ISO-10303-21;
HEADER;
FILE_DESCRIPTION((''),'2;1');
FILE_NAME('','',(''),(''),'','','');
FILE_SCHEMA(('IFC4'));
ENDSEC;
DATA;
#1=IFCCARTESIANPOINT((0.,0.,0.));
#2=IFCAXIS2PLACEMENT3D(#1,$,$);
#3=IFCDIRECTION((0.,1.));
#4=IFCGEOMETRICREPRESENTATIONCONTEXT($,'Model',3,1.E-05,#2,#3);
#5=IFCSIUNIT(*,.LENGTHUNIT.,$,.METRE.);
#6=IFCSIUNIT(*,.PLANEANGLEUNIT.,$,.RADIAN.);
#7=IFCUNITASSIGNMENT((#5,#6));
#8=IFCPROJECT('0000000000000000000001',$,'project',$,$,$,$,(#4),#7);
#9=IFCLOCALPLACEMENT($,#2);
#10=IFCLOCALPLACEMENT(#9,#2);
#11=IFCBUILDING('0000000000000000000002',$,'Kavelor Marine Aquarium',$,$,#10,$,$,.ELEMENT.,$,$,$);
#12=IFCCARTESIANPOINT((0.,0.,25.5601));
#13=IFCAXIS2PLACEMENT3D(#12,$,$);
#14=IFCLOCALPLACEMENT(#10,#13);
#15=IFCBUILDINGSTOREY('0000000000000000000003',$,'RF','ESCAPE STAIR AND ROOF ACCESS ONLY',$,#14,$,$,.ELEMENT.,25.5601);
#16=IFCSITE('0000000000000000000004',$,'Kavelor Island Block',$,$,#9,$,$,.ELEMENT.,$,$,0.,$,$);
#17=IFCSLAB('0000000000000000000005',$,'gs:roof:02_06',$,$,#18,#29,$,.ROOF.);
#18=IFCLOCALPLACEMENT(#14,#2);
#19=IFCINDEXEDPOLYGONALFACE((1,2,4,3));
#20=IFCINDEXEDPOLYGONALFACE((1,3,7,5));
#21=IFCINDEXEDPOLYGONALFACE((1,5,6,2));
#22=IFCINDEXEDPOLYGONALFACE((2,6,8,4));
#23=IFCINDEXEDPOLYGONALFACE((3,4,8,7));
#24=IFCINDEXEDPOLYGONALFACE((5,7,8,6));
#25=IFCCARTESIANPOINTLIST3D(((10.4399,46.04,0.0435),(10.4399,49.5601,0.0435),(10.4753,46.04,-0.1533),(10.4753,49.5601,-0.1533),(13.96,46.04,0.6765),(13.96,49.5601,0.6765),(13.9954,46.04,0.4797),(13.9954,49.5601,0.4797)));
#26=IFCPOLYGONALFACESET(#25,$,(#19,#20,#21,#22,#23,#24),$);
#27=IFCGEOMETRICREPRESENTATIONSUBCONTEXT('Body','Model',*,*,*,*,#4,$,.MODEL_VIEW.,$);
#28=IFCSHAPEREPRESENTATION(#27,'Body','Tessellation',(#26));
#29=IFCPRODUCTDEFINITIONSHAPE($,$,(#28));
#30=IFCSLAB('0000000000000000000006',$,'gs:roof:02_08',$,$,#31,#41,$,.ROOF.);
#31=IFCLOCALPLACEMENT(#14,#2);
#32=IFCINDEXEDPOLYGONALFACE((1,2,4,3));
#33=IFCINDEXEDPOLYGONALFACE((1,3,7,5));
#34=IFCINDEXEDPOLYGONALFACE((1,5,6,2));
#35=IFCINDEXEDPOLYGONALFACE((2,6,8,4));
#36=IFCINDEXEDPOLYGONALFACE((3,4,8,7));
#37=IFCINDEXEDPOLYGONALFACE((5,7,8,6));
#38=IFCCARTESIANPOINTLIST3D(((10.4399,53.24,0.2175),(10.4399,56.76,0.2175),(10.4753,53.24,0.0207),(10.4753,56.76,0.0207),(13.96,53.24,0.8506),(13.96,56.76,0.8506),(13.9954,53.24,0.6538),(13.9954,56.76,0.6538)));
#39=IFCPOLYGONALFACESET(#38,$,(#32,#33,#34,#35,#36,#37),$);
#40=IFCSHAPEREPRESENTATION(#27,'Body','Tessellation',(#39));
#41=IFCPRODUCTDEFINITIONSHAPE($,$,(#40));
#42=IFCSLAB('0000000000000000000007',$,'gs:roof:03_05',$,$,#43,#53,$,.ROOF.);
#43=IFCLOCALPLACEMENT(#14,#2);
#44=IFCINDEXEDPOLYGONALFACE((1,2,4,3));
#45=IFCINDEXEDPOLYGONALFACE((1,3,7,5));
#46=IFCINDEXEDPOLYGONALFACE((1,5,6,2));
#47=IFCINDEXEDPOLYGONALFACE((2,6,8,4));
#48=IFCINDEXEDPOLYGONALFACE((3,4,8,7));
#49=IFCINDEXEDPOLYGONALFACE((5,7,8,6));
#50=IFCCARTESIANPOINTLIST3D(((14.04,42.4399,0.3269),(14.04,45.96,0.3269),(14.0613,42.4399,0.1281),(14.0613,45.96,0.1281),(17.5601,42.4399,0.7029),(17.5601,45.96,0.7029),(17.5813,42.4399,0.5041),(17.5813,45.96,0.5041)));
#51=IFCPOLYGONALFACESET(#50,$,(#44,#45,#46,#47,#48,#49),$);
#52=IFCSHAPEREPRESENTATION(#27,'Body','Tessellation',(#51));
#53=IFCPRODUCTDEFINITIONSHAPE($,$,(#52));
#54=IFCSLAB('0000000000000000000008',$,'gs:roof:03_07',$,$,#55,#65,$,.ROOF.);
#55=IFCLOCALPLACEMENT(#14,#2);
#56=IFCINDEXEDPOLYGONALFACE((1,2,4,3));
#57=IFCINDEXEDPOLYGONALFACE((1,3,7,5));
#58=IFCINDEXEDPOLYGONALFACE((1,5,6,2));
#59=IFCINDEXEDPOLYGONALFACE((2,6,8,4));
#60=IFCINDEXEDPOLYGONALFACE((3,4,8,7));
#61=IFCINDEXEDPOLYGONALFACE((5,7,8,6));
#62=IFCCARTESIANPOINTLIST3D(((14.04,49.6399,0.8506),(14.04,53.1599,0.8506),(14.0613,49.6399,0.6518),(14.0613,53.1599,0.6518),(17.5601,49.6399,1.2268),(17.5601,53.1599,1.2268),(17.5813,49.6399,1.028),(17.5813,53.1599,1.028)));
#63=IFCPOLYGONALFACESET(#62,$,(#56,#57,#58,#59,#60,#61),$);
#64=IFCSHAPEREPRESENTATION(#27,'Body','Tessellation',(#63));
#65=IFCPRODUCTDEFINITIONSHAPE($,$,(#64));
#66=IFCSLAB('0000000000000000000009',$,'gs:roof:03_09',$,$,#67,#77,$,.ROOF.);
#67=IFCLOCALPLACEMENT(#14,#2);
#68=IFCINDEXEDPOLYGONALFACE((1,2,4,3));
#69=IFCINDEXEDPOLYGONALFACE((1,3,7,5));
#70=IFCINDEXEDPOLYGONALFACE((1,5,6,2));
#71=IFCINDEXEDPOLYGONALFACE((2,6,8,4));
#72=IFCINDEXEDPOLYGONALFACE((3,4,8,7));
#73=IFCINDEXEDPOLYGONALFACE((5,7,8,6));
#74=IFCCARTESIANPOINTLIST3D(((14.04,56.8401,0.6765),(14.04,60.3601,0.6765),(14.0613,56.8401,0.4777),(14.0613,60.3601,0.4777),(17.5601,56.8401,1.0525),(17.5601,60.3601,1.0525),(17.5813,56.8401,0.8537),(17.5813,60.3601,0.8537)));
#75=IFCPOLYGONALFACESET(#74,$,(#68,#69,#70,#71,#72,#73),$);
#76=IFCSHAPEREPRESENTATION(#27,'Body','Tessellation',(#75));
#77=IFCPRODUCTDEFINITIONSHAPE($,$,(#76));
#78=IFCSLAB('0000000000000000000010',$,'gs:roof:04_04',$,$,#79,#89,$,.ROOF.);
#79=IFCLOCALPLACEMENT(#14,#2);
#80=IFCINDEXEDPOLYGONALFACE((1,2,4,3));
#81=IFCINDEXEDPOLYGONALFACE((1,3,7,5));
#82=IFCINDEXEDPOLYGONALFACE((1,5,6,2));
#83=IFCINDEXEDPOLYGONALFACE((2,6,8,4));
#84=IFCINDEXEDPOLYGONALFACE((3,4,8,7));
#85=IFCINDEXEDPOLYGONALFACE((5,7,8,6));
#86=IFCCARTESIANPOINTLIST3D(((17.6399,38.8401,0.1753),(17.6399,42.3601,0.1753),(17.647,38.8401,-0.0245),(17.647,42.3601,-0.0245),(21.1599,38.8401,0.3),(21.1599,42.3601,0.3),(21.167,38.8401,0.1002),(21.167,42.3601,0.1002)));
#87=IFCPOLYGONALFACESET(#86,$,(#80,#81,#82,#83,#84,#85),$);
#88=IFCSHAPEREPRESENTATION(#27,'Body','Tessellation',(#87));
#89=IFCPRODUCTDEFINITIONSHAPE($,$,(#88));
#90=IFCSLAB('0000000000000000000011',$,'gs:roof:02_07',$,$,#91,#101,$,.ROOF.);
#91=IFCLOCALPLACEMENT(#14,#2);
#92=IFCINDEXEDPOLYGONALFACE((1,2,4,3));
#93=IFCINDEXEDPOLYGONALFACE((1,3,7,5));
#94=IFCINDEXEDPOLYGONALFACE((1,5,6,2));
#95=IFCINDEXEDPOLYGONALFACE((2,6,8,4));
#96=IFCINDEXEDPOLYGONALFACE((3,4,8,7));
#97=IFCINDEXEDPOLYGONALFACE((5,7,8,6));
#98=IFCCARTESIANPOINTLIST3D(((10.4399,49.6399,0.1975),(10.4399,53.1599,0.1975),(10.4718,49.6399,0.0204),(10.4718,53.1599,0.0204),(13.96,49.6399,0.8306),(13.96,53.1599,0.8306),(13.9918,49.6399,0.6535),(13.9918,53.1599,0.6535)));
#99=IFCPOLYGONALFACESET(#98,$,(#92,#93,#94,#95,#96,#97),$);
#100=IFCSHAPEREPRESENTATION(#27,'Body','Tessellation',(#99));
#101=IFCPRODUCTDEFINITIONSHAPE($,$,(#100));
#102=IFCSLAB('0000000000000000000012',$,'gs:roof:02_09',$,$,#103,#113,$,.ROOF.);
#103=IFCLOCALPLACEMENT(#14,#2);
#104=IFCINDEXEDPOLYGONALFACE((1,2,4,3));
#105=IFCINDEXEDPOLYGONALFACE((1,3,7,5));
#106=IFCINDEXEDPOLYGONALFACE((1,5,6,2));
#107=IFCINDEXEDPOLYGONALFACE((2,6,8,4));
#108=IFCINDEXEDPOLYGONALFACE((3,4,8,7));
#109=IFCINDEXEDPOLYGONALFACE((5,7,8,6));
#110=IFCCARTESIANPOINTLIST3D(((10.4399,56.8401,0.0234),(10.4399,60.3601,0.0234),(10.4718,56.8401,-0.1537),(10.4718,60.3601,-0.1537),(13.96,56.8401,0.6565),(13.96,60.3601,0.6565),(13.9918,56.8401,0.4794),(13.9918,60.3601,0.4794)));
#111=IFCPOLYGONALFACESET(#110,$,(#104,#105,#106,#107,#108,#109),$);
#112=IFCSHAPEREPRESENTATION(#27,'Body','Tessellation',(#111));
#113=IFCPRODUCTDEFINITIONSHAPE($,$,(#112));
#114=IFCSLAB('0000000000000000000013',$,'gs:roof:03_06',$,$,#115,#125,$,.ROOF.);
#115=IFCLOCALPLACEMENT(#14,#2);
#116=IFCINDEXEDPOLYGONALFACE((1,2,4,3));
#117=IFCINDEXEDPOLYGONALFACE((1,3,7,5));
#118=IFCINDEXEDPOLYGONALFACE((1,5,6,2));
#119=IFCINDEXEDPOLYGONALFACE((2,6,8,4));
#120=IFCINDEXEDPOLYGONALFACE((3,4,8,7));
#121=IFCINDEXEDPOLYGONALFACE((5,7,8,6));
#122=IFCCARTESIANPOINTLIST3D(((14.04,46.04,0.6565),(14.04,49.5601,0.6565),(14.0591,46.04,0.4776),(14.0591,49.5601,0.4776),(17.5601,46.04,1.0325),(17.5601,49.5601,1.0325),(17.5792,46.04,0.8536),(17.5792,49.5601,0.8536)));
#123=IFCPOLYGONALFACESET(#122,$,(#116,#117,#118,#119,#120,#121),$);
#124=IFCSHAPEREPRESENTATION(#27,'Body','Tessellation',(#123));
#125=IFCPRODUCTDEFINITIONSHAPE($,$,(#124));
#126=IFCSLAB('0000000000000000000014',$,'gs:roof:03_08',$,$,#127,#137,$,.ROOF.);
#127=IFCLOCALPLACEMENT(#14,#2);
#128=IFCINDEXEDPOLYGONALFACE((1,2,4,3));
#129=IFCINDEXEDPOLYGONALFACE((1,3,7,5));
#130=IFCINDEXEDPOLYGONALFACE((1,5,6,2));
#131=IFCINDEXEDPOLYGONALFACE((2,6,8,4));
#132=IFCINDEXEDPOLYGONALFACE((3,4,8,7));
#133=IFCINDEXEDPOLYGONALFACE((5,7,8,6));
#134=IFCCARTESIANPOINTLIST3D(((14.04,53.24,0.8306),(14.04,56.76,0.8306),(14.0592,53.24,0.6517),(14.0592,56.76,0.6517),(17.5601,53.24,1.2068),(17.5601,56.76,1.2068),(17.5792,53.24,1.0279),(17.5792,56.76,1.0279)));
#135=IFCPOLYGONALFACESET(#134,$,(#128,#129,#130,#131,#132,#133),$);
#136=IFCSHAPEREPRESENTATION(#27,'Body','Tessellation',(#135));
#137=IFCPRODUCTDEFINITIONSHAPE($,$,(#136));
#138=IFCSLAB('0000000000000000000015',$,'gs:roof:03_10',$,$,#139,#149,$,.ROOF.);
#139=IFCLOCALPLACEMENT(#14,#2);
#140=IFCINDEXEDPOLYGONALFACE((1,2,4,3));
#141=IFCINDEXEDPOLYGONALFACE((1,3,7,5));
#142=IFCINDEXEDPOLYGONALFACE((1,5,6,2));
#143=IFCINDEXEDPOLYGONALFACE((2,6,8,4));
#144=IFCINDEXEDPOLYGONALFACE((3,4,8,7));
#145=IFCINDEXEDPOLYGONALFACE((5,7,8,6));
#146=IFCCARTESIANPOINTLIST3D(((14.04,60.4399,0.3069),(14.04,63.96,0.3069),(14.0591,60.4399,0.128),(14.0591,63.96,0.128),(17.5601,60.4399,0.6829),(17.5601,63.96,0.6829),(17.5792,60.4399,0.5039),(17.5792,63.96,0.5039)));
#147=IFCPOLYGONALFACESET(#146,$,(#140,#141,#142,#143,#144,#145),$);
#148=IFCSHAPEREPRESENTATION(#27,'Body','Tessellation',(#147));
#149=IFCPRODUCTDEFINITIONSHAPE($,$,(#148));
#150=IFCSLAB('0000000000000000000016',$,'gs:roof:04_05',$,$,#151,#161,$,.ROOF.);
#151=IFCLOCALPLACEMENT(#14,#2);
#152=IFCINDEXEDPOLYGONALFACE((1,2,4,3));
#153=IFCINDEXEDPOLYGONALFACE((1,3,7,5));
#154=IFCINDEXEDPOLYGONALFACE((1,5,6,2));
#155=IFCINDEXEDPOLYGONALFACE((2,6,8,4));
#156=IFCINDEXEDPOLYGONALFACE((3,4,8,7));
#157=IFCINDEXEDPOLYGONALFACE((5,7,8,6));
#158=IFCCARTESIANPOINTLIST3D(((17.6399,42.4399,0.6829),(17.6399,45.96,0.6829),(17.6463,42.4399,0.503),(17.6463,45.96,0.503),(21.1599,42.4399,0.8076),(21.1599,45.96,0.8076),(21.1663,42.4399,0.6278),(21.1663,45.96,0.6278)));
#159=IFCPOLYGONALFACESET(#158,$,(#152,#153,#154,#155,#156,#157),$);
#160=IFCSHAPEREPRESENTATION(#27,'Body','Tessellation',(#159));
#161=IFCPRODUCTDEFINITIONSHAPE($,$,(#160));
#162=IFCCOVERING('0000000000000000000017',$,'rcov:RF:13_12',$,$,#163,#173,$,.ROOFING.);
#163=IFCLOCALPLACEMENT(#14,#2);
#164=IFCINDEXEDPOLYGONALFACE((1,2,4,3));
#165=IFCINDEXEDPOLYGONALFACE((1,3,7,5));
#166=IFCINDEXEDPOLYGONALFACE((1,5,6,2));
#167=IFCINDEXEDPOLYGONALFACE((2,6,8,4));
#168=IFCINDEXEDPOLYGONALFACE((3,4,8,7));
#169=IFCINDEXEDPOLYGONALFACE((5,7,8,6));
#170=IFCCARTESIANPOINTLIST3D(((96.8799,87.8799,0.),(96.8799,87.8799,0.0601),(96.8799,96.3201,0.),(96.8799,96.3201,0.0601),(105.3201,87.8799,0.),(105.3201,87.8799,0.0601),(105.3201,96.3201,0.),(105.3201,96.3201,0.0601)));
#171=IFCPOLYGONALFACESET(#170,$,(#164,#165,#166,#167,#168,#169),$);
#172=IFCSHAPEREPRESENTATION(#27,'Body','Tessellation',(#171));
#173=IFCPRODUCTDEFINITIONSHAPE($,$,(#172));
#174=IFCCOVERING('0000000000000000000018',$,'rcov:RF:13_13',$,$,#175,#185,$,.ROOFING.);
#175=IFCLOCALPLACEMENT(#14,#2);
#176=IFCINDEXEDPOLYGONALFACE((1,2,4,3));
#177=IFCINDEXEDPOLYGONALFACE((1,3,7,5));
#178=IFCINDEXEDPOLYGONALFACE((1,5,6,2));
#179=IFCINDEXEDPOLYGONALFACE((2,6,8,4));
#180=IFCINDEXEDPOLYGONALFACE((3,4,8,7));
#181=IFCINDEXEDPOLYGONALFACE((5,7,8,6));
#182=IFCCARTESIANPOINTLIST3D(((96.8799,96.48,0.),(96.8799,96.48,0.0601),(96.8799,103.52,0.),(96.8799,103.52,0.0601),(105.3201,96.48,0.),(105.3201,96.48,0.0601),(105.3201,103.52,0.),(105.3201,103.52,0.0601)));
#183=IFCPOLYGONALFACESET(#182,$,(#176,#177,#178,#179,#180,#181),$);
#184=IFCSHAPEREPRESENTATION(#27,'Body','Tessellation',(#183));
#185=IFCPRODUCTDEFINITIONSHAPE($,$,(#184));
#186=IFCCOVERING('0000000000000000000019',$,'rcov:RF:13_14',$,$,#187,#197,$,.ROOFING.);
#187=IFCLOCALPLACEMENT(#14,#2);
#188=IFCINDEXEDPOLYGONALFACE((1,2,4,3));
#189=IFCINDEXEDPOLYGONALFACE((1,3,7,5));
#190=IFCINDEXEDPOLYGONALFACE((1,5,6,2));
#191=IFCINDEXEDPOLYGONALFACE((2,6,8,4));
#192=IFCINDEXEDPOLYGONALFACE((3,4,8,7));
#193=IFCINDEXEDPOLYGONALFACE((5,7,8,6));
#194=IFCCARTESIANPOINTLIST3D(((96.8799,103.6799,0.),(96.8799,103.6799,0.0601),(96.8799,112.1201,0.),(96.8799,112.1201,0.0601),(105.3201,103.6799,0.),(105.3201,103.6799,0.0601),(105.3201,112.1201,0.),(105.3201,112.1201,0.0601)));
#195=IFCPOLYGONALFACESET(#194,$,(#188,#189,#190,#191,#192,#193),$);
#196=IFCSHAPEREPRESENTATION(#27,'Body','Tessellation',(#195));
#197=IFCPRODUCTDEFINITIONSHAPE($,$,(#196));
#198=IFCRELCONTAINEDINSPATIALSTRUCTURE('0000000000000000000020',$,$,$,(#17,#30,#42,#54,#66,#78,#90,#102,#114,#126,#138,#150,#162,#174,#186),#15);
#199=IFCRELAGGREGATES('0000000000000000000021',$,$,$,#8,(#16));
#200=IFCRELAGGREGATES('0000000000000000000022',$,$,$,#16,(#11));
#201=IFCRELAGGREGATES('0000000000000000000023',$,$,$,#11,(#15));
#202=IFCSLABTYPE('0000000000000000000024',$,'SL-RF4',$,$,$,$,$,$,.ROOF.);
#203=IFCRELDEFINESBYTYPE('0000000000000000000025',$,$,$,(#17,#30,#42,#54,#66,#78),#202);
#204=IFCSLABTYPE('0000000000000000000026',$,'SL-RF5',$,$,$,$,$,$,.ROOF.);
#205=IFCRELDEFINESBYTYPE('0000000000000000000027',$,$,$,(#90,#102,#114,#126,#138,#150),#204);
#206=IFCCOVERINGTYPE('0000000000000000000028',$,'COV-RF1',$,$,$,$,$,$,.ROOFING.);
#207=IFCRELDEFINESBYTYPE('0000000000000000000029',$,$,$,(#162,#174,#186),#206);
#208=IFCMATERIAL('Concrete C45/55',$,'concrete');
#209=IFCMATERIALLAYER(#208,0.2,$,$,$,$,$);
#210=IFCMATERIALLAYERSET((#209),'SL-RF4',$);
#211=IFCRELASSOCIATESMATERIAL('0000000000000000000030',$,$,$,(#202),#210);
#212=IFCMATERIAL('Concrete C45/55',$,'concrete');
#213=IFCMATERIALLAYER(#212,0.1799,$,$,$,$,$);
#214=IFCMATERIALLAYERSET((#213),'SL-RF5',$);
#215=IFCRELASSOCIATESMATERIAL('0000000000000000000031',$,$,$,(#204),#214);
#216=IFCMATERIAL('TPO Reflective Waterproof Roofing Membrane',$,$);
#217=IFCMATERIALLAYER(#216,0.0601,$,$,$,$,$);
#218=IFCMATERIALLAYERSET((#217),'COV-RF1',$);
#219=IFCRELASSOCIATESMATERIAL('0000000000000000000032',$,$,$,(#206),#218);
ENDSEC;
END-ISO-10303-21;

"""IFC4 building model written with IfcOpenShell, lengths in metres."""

from ifc_helpers import new_model, si_unit, direction, frame, origin, place, context, subcontext, project, spatial, polyline, outline, extrude, material, layer, layer_set, type_object, element, save


model = new_model("IFC4")

# Units and contexts
model_context = context("Model", 3, precision=1e-05, world=origin(), true_north=direction((0.0, 1.0)))
body_context = subcontext(model_context, "Body", "Model", "MODEL_VIEW")
ifc_project = project(units=[si_unit("LENGTHUNIT", "METRE"), si_unit("PLANEANGLEUNIT", "RADIAN")], contexts=[model_context])

# Site, building, storey
site_placement = place(None, origin())
site = spatial("IfcSite", under=ifc_project, at=site_placement, Name="Kavelor Island Block", CompositionType="ELEMENT", RefElevation=0.0)
building_placement = place(site_placement, origin())
building = spatial("IfcBuilding", under=site, at=building_placement, Name="Kavelor Marine Aquarium", CompositionType="ELEMENT")
storey_placement = place(building_placement, frame((0.0, 0.0, 25.5601)))
storey = spatial("IfcBuildingStorey", under=building, at=storey_placement, Name="RF", Description="ESCAPE STAIR AND ROOF ACCESS ONLY", CompositionType="ELEMENT", Elevation=25.5601)

# Slabs
ifc_material_1 = material(Name="Concrete C45/55", Category="concrete")
ifc_layer_1 = layer(ifc_material_1, 0.2)
ifc_layer_set_1 = layer_set([ifc_layer_1], Name="SL-RF4")
slab_type_1 = type_object("IfcSlabType", Name="SL-RF4", PredefinedType="ROOF", material=ifc_layer_set_1)
for number, where, z_axis, x_axis, name in (
    (1, (10.4399, 46.04, 0.0435), (-0.177005, 0.0, 0.98421), (0.98421, 0.0, 0.177005), "gs:roof:02_06"),
    (2, (10.4399, 53.24, 0.2175), (-0.177005, 0.0, 0.98421), (0.98421, 0.0, 0.177005), "gs:roof:02_08"),
):
    element("IfcSlab", number, at=place(storey_placement, frame(where, z_axis=z_axis, x_axis=x_axis)), inside=storey, type_object=slab_type_1, Name=name, PredefinedType="ROOF", context=body_context, shape_type="SweptSolid", body=[
        extrude(outline(polyline([(0.0, 0.0), (3.5765, 0.0), (3.5765, 3.52), (0.0, 3.52), (0.0, 0.0)])), origin(), (0.0, 0.0, -1.0), 0.2),
    ])
slab_1_placement = place(storey_placement, frame((14.04, 42.4399, 0.3269), z_axis=(-0.106207, 0.0, 0.994344), x_axis=(0.994344, 0.0, 0.106207)))
element("IfcSlab", 3, at=slab_1_placement, inside=storey, type_object=slab_type_1, Name="gs:roof:03_05", PredefinedType="ROOF", context=body_context, shape_type="SweptSolid", body=[
    extrude(outline(polyline([(0.0, 0.0), (3.54, 0.0), (3.54, 3.52), (0.0, 3.52), (0.0, 0.0)])), origin(), (0.0, 0.0, -1.0), 0.2),
])
slab_2_placement = place(storey_placement, frame((14.04, 49.6399, 0.8506), z_axis=(-0.106275, 0.0, 0.994337), x_axis=(0.994337, 0.0, 0.106275)))
element("IfcSlab", 4, at=slab_2_placement, inside=storey, type_object=slab_type_1, Name="gs:roof:03_07", PredefinedType="ROOF", context=body_context, shape_type="SweptSolid", body=[
    extrude(outline(polyline([(0.0, 0.0), (3.5401, 0.0), (3.5401, 3.52), (0.0, 3.52), (0.0, 0.0)])), origin(), (0.0, 0.0, -1.0), 0.2),
])
slab_3_placement = place(storey_placement, frame((14.04, 56.8401, 0.6765), z_axis=(-0.106207, 0.0, 0.994344), x_axis=(0.994344, 0.0, 0.106207)))
element("IfcSlab", 5, at=slab_3_placement, inside=storey, type_object=slab_type_1, Name="gs:roof:03_09", PredefinedType="ROOF", context=body_context, shape_type="SweptSolid", body=[
    extrude(outline(polyline([(0.0, 0.0), (3.54, 0.0), (3.54, 3.52), (0.0, 3.52), (0.0, 0.0)])), origin(), (0.0, 0.0, -1.0), 0.2),
])
slab_4_placement = place(storey_placement, frame((17.6399, 38.8401, 0.1753), z_axis=(-0.03542, 0.0, 0.999373), x_axis=(0.999373, 0.0, 0.03542)))
element("IfcSlab", 6, at=slab_4_placement, inside=storey, type_object=slab_type_1, Name="gs:roof:04_04", PredefinedType="ROOF", context=body_context, shape_type="SweptSolid", body=[
    extrude(outline(polyline([(0.0, 0.0), (3.5222, 0.0), (3.5222, 3.52), (0.0, 3.52), (0.0, 0.0)])), origin(), (0.0, 0.0, -1.0), 0.2),
])
ifc_material_2 = material(Name="Concrete C45/55", Category="concrete")
ifc_layer_2 = layer(ifc_material_2, 0.1799)
ifc_layer_set_2 = layer_set([ifc_layer_2], Name="SL-RF5")
slab_type_2 = type_object("IfcSlabType", Name="SL-RF5", PredefinedType="ROOF", material=ifc_layer_set_2)
for number, where, z_axis, x_axis, name in (
    (7, (10.4399, 49.6399, 0.1975), (-0.177005, 0.0, 0.98421), (0.98421, 0.0, 0.177005), "gs:roof:02_07"),
    (8, (10.4399, 56.8401, 0.0234), (-0.177005, 0.0, 0.98421), (0.98421, 0.0, 0.177005), "gs:roof:02_09"),
):
    element("IfcSlab", number, at=place(storey_placement, frame(where, z_axis=z_axis, x_axis=x_axis)), inside=storey, type_object=slab_type_2, Name=name, PredefinedType="ROOF", context=body_context, shape_type="SweptSolid", body=[
        extrude(outline(polyline([(0.0, 0.0), (3.5765, 0.0), (3.5765, 3.52), (0.0, 3.52), (0.0, 0.0)])), origin(), (0.0, 0.0, -1.0), 0.1799),
    ])
slab_5_placement = place(storey_placement, frame((14.04, 46.04, 0.6565), z_axis=(-0.106207, 0.0, 0.994344), x_axis=(0.994344, 0.0, 0.106207)))
element("IfcSlab", 9, at=slab_5_placement, inside=storey, type_object=slab_type_2, Name="gs:roof:03_06", PredefinedType="ROOF", context=body_context, shape_type="SweptSolid", body=[
    extrude(outline(polyline([(0.0, 0.0), (3.54, 0.0), (3.54, 3.52), (0.0, 3.52), (0.0, 0.0)])), origin(), (0.0, 0.0, -1.0), 0.1799),
])
slab_6_placement = place(storey_placement, frame((14.04, 53.24, 0.8306), z_axis=(-0.106275, 0.0, 0.994337), x_axis=(0.994337, 0.0, 0.106275)))
element("IfcSlab", 10, at=slab_6_placement, inside=storey, type_object=slab_type_2, Name="gs:roof:03_08", PredefinedType="ROOF", context=body_context, shape_type="SweptSolid", body=[
    extrude(outline(polyline([(0.0, 0.0), (3.5401, 0.0), (3.5401, 3.52), (0.0, 3.52), (0.0, 0.0)])), origin(), (0.0, 0.0, -1.0), 0.1799),
])
slab_7_placement = place(storey_placement, frame((14.04, 60.4399, 0.3069), z_axis=(-0.106207, 0.0, 0.994344), x_axis=(0.994344, 0.0, 0.106207)))
element("IfcSlab", 11, at=slab_7_placement, inside=storey, type_object=slab_type_2, Name="gs:roof:03_10", PredefinedType="ROOF", context=body_context, shape_type="SweptSolid", body=[
    extrude(outline(polyline([(0.0, 0.0), (3.54, 0.0), (3.54, 3.52), (0.0, 3.52), (0.0, 0.0)])), origin(), (0.0, 0.0, -1.0), 0.1799),
])
slab_8_placement = place(storey_placement, frame((17.6399, 42.4399, 0.6829), z_axis=(-0.03542, 0.0, 0.999373), x_axis=(0.999373, 0.0, 0.03542)))
element("IfcSlab", 12, at=slab_8_placement, inside=storey, type_object=slab_type_2, Name="gs:roof:04_05", PredefinedType="ROOF", context=body_context, shape_type="SweptSolid", body=[
    extrude(outline(polyline([(0.0, 0.0), (3.5222, 0.0), (3.5222, 3.52), (0.0, 3.52), (0.0, 0.0)])), origin(), (0.0, 0.0, -1.0), 0.1799),
])

# Coverings
ifc_material_3 = material(Name="TPO Reflective Waterproof Roofing Membrane")
ifc_layer_3 = layer(ifc_material_3, 0.0601)
ifc_layer_set_3 = layer_set([ifc_layer_3], Name="COV-RF1")
covering_type = type_object("IfcCoveringType", Name="COV-RF1", PredefinedType="ROOFING", material=ifc_layer_set_3)
covering_1_placement = place(storey_placement, origin())
element("IfcCovering", 13, at=covering_1_placement, inside=storey, type_object=covering_type, Name="rcov:RF:13_12", PredefinedType="ROOFING", context=body_context, shape_type="SweptSolid", body=[
    extrude(outline(polyline([(96.8799, 87.8799), (105.3201, 87.8799), (105.3201, 96.3201), (96.8799, 96.3201), (96.8799, 87.8799)])), origin(), (0.0, 0.0, 1.0), 0.0601),
])
covering_2_placement = place(storey_placement, origin())
element("IfcCovering", 14, at=covering_2_placement, inside=storey, type_object=covering_type, Name="rcov:RF:13_13", PredefinedType="ROOFING", context=body_context, shape_type="SweptSolid", body=[
    extrude(outline(polyline([(96.8799, 96.48), (105.3201, 96.48), (105.3201, 103.52), (96.8799, 103.52), (96.8799, 96.48)])), origin(), (0.0, 0.0, 1.0), 0.0601),
])
covering_3_placement = place(storey_placement, origin())
element("IfcCovering", 15, at=covering_3_placement, inside=storey, type_object=covering_type, Name="rcov:RF:13_14", PredefinedType="ROOFING", context=body_context, shape_type="SweptSolid", body=[
    extrude(outline(polyline([(96.8799, 103.6799), (105.3201, 103.6799), (105.3201, 112.1201), (96.8799, 112.1201), (96.8799, 103.6799)])), origin(), (0.0, 0.0, 1.0), 0.0601),
])

save(model, "model.ifc")
